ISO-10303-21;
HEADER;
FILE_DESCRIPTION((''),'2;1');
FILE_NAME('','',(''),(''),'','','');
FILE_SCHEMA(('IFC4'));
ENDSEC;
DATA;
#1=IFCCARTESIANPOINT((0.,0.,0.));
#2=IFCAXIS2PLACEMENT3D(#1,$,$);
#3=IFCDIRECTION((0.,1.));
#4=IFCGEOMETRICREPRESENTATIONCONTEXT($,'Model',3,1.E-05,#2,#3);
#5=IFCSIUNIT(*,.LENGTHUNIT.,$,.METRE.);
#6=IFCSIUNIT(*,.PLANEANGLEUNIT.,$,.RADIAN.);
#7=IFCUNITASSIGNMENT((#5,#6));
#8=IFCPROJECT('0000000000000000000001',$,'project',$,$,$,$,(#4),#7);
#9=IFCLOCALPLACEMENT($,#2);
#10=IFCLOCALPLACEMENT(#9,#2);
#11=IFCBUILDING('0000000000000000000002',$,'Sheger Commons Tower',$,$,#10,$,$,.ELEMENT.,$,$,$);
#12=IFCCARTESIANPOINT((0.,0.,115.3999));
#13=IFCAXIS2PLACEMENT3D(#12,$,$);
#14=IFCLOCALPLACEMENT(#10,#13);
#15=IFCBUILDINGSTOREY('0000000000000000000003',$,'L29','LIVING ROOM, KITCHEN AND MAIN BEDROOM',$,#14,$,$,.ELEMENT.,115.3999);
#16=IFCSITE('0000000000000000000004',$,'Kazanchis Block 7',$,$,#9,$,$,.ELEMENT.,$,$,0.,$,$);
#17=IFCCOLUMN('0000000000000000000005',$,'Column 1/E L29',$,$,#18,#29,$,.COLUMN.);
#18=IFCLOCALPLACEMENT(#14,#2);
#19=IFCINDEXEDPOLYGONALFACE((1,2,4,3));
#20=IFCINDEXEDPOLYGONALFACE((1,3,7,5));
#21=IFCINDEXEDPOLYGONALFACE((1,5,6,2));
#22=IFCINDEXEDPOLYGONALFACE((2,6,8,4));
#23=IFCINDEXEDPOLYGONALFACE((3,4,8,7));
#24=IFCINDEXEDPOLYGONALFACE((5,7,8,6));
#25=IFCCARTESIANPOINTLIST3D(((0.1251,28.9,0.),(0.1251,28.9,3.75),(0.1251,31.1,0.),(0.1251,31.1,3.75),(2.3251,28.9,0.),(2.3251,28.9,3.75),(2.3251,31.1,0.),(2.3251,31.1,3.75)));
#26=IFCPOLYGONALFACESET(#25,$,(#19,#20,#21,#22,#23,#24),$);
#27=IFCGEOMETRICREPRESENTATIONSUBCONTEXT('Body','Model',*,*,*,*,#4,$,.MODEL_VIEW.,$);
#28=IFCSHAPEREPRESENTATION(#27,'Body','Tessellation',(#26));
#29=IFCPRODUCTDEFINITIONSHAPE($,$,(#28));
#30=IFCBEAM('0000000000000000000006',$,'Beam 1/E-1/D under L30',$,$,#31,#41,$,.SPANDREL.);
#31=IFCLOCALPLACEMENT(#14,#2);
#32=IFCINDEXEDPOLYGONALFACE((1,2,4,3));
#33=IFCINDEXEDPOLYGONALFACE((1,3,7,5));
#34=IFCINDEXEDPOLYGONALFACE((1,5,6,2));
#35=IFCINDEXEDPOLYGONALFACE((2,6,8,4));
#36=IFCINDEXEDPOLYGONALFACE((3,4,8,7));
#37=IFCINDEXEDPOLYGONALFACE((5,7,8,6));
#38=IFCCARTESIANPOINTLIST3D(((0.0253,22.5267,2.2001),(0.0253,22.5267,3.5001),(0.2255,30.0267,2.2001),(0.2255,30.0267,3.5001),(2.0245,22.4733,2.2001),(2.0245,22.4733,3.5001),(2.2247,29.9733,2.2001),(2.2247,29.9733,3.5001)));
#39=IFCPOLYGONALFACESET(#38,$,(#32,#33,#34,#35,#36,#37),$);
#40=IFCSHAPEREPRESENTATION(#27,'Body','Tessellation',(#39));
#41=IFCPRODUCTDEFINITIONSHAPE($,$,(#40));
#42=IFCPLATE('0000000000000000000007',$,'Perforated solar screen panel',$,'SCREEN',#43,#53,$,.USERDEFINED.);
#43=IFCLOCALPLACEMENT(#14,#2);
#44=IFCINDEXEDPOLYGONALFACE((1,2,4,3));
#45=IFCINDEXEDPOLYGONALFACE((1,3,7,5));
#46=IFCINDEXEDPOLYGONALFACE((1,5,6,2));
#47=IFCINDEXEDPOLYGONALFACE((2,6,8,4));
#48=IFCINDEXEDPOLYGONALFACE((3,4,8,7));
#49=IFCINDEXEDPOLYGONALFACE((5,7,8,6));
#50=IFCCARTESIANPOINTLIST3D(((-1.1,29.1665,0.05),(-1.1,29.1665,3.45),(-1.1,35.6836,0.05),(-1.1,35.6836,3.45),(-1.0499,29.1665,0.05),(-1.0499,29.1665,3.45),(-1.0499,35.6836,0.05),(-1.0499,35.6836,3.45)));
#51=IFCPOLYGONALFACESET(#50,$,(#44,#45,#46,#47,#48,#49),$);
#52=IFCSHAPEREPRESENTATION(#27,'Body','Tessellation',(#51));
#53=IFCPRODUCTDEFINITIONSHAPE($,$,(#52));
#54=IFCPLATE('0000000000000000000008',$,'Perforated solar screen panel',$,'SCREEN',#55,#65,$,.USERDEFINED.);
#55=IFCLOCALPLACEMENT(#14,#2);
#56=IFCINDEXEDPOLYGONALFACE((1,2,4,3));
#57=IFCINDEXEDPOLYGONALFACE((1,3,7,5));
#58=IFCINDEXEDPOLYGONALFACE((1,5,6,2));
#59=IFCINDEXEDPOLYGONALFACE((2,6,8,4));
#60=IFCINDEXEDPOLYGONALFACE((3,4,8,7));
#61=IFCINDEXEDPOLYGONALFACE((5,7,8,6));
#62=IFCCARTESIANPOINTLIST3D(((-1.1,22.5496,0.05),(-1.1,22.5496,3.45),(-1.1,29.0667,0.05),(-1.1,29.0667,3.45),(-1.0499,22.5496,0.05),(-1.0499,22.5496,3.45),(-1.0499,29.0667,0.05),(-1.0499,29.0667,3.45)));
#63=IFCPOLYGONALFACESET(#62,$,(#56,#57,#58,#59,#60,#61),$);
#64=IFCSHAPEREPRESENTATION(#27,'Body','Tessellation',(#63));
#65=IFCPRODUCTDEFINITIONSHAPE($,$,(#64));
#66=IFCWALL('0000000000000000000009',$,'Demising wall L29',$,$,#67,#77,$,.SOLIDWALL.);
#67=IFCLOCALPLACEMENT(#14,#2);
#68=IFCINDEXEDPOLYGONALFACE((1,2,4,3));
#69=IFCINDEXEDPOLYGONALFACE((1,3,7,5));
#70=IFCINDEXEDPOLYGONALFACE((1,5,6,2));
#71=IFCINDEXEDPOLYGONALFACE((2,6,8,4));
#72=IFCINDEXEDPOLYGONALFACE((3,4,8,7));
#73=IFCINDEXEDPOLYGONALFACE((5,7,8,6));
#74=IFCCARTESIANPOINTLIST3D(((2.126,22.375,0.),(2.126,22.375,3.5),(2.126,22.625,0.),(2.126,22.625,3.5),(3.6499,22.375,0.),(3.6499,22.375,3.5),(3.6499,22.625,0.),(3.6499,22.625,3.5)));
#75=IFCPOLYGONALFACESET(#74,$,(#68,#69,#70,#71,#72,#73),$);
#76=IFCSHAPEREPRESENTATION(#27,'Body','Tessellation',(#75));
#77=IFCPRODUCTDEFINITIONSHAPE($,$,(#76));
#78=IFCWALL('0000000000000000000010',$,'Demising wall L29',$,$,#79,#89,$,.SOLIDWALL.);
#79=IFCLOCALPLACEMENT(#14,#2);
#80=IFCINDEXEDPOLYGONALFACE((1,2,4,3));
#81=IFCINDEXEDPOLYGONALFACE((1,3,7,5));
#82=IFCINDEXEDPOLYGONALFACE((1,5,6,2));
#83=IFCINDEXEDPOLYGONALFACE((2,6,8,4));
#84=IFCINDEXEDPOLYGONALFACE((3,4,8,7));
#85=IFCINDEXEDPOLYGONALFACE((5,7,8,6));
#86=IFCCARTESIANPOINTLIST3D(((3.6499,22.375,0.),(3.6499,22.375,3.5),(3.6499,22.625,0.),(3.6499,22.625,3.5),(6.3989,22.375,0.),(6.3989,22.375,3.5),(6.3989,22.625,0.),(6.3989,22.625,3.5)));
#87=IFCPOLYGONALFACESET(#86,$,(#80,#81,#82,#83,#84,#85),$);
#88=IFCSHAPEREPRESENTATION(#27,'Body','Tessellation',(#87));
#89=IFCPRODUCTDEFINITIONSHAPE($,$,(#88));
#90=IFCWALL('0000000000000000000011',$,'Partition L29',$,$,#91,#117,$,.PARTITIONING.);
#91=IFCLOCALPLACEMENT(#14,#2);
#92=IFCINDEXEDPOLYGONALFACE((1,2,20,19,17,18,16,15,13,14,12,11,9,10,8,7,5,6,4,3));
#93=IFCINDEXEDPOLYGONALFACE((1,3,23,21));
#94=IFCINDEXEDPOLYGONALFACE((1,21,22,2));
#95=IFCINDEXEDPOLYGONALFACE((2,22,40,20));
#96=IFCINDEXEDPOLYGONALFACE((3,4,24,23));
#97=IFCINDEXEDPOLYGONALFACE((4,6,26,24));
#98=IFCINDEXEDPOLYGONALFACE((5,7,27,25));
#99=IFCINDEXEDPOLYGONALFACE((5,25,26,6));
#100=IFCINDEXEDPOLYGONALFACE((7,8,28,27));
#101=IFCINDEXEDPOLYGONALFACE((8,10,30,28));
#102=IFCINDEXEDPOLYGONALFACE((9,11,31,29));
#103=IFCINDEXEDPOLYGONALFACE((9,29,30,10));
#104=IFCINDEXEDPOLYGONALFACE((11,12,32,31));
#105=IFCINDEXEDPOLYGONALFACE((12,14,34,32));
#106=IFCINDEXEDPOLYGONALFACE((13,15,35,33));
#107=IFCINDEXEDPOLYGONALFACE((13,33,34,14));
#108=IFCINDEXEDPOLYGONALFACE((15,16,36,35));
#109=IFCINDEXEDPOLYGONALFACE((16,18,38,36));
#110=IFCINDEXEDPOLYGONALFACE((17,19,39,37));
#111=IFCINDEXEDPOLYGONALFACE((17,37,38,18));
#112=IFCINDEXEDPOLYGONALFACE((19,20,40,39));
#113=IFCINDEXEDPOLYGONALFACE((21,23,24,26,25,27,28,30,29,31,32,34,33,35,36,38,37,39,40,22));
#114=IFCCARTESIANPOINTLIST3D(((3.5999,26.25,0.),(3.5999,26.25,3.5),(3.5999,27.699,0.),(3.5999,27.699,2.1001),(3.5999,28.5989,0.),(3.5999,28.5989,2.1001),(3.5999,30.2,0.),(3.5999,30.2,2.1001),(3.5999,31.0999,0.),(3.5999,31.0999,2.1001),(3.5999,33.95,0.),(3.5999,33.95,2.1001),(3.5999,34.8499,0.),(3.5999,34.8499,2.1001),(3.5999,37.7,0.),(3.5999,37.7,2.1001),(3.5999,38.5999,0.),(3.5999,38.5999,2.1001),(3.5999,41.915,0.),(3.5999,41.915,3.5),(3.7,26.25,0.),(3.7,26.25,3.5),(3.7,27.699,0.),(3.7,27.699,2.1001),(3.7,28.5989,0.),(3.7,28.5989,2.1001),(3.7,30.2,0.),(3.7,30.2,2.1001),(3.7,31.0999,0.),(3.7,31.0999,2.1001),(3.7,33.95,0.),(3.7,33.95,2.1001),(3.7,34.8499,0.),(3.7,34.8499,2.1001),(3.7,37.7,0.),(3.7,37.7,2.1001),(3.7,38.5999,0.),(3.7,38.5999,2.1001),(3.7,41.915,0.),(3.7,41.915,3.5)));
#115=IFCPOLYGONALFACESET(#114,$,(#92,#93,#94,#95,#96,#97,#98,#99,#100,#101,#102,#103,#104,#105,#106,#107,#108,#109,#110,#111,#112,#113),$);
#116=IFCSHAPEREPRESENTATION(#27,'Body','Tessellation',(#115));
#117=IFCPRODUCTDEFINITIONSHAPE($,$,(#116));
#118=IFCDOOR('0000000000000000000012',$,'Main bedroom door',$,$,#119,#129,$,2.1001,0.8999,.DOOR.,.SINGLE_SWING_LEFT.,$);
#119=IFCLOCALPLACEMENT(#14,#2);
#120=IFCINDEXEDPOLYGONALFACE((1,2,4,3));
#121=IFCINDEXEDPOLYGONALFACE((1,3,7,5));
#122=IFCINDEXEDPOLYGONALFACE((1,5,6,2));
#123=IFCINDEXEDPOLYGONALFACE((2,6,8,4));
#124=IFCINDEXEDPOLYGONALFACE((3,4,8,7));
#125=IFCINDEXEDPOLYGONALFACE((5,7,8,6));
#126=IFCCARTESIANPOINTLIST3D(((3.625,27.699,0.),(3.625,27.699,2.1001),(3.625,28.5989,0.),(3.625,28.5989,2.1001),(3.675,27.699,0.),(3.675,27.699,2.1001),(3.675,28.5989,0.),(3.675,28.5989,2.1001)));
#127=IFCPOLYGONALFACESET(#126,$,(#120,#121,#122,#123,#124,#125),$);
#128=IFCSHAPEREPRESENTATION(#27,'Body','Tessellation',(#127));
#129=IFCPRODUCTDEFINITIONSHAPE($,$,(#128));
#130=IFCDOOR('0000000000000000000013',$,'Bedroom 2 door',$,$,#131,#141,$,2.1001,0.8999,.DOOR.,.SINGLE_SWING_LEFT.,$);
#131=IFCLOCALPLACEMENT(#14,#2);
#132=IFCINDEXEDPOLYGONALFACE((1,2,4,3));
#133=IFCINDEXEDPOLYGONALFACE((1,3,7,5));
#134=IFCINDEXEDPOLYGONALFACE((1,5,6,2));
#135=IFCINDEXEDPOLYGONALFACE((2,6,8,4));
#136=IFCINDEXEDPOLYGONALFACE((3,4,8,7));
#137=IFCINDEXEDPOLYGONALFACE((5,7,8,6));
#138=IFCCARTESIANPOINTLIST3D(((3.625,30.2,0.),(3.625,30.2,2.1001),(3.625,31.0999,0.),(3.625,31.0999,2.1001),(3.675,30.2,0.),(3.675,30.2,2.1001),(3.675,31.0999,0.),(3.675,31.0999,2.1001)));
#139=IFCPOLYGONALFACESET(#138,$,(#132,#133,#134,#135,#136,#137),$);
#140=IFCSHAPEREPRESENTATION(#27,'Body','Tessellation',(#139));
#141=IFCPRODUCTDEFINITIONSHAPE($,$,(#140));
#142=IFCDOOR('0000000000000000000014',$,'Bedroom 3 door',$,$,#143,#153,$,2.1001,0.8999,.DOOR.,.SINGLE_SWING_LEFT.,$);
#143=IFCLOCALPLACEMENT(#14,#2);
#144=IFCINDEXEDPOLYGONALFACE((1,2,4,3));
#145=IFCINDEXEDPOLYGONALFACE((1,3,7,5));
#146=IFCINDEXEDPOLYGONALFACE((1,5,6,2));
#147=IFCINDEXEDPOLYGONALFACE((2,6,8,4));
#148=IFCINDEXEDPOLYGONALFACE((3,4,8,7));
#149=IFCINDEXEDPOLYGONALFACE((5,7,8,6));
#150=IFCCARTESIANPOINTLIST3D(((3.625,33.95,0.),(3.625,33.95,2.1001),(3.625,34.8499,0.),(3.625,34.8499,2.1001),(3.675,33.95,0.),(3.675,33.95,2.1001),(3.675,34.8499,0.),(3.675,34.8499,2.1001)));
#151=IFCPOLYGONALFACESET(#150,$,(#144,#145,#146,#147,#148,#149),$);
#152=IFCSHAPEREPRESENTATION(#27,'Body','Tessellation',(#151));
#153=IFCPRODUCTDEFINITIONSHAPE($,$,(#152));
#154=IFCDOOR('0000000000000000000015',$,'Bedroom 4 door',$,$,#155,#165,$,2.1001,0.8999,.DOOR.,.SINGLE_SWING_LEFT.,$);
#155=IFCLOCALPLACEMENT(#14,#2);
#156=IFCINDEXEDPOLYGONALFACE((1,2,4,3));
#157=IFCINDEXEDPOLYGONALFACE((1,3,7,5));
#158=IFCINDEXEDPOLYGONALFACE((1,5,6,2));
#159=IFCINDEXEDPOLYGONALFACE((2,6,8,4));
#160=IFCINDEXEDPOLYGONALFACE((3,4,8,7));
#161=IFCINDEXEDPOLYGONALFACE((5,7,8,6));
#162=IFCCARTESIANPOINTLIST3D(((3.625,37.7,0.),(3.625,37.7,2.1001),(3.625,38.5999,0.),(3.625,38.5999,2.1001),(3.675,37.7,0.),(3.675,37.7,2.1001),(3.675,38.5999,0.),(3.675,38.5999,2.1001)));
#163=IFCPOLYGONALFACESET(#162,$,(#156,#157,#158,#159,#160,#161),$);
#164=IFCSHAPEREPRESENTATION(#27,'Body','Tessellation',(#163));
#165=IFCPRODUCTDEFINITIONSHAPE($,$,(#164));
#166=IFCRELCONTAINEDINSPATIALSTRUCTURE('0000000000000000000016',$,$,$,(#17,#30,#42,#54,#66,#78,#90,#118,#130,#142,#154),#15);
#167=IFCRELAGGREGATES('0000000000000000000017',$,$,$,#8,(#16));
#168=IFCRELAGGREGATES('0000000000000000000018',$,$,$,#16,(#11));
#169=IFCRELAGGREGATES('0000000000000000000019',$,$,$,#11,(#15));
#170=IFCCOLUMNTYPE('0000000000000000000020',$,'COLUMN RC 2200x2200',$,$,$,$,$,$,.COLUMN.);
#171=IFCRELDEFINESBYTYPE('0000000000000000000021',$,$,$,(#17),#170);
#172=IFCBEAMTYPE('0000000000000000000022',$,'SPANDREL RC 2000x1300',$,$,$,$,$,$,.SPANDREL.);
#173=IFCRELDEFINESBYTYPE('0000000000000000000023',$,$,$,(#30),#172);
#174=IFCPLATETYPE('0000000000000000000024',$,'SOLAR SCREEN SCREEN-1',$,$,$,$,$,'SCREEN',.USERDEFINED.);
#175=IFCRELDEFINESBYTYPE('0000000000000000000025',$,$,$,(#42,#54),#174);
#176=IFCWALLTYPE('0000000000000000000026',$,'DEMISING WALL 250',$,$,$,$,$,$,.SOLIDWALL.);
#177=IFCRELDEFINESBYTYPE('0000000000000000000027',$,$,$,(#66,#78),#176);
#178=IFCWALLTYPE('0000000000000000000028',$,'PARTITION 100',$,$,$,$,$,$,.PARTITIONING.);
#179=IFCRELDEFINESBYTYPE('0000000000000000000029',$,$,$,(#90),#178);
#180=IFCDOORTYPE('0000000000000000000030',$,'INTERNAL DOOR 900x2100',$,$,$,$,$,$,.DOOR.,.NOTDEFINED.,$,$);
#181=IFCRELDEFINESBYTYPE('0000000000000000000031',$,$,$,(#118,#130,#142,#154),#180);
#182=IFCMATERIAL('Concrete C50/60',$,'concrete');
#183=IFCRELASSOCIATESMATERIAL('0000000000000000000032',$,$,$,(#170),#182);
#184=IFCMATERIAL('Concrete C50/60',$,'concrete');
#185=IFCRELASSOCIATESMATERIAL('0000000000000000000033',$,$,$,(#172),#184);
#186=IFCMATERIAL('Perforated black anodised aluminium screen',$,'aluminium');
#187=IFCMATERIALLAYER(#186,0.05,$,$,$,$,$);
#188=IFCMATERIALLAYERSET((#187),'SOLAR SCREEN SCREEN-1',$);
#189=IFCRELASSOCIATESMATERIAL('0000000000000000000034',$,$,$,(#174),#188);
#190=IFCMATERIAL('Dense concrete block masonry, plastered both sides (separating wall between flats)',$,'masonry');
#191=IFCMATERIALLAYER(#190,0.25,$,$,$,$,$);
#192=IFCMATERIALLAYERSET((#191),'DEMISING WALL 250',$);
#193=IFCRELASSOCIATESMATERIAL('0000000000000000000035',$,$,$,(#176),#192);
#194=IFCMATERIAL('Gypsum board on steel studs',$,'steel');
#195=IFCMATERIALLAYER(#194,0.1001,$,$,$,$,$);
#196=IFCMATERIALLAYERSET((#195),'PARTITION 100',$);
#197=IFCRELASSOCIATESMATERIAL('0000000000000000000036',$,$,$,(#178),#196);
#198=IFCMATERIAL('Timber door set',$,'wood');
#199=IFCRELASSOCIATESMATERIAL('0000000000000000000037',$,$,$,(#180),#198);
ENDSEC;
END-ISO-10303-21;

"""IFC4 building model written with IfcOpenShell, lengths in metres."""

from ifc_helpers import new_model, si_unit, direction, frame, frame_2d, origin, origin_2d, place, context, subcontext, project, spatial, rectangle, extrude, material, layer, layer_set, material_profile, profile_set, type_object, element, fill, save


model = new_model("IFC4")

# Units and contexts
model_context = context("Model", 3, precision=1e-05, world=origin(), true_north=direction((0.0, 1.0)))
body_context = subcontext(model_context, "Body", "Model", "MODEL_VIEW")
ifc_project = project(units=[si_unit("LENGTHUNIT", "METRE"), si_unit("PLANEANGLEUNIT", "RADIAN")], contexts=[model_context])

# Site, building, storey
site_placement = place(None, origin())
site = spatial("IfcSite", under=ifc_project, at=site_placement, Name="Kazanchis Block 7", CompositionType="ELEMENT", RefElevation=0.0)
building_placement = place(site_placement, origin())
building = spatial("IfcBuilding", under=site, at=building_placement, Name="Sheger Commons Tower", CompositionType="ELEMENT")
storey_placement = place(building_placement, frame((0.0, 0.0, 115.3999)))
storey = spatial("IfcBuildingStorey", under=building, at=storey_placement, Name="L29", Description="LIVING ROOM, KITCHEN AND MAIN BEDROOM", CompositionType="ELEMENT", Elevation=115.3999)

# Column
ifc_material_1 = material(Name="Concrete C50/60", Category="concrete")
ifc_material_profile_1 = material_profile(ifc_material_1, rectangle(XDim=2.2, YDim=2.2, at=origin_2d()), Name="RC 2200x2200")
ifc_profile_set_1 = profile_set([ifc_material_profile_1], Name="Concrete C50/60")
column_type = type_object("IfcColumnType", Name="COLUMN RC 2200x2200", PredefinedType="COLUMN", material=ifc_profile_set_1)
column_placement = place(storey_placement, frame((1.2251, 30.0, 0.0), z_axis=(0.0, 0.0, 1.0), x_axis=(1.0, 0.0, 0.0)))
element("IfcColumn", 1, at=column_placement, inside=storey, type_object=column_type, Name="Column 1/E L29", PredefinedType="COLUMN", context=body_context, shape_type="SweptSolid", body=[
    extrude(rectangle(XDim=2.2, YDim=2.2, at=origin_2d()), origin(), (0.0, 0.0, 1.0), 3.75),
])

# Beam
ifc_material_2 = material(Name="Concrete C50/60", Category="concrete")
ifc_material_profile_2 = material_profile(ifc_material_2, rectangle(XDim=2.0, YDim=1.3, at=origin_2d()), Name="RC 2000x1300")
ifc_profile_set_2 = profile_set([ifc_material_profile_2], Name="Concrete C50/60")
beam_type = type_object("IfcBeamType", Name="SPANDREL RC 2000x1300", PredefinedType="SPANDREL", material=ifc_profile_set_2)
beam_placement = place(storey_placement, frame((1.2251, 30.0, 2.8501), z_axis=(-0.026683, -0.999644, 0.0), x_axis=(0.999644, -0.026683, 0.0)))
element("IfcBeam", 2, at=beam_placement, inside=storey, type_object=beam_type, Name="Beam 1/E-1/D under L30", PredefinedType="SPANDREL", context=body_context, shape_type="SweptSolid", body=[
    extrude(rectangle(XDim=2.0, YDim=1.3, at=origin_2d()), origin(), (0.0, 0.0, 1.0), 7.5027),
])

# Plates
ifc_material_3 = material(Name="Perforated black anodised aluminium screen", Category="aluminium")
ifc_layer_1 = layer(ifc_material_3, 0.05)
ifc_layer_set_1 = layer_set([ifc_layer_1], Name="SOLAR SCREEN SCREEN-1")
plate_type = type_object("IfcPlateType", Name="SOLAR SCREEN SCREEN-1", ElementType="SCREEN", PredefinedType="USERDEFINED", material=ifc_layer_set_1)
for number, where, z_axis, x_axis, name in (
    (3, (-1.075, 32.425, 0.05), (0.0, 0.0, 1.0), (0.0, -1.0, 0.0), "Perforated solar screen panel"),
    (4, (-1.075, 25.8081, 0.05), (0.0, 0.0, 1.0), (0.0, -1.0, 0.0), "Perforated solar screen panel"),
):
    element("IfcPlate", number, at=place(storey_placement, frame(where, z_axis=z_axis, x_axis=x_axis)), inside=storey, type_object=plate_type, Name=name, ObjectType="SCREEN", PredefinedType="USERDEFINED", context=body_context, shape_type="SweptSolid", body=[
        extrude(rectangle(XDim=6.5171, YDim=0.05, at=origin_2d()), origin(), (0.0, 0.0, 1.0), 3.3999),
    ])

# Walls
ifc_material_4 = material(Name="Dense concrete block masonry, plastered both sides (separating wall between flats)", Category="masonry")
ifc_layer_2 = layer(ifc_material_4, 0.25)
ifc_layer_set_2 = layer_set([ifc_layer_2], Name="DEMISING WALL 250")
wall_type_1 = type_object("IfcWallType", Name="DEMISING WALL 250", PredefinedType="SOLIDWALL", material=ifc_layer_set_2)
wall_1_placement = place(storey_placement, frame((2.126, 22.5, 0.0), z_axis=(0.0, 0.0, 1.0), x_axis=(1.0, 0.0, 0.0)))
element("IfcWall", 5, at=wall_1_placement, inside=storey, type_object=wall_type_1, Name="Demising wall L29", PredefinedType="SOLIDWALL", context=body_context, shape_type="SweptSolid", body=[
    extrude(rectangle(XDim=1.5239, YDim=0.25, at=frame_2d((0.762, 0.0))), origin(), (0.0, 0.0, 1.0), 3.5),
])
wall_2_placement = place(storey_placement, frame((3.6499, 22.5, 0.0), z_axis=(0.0, 0.0, 1.0), x_axis=(1.0, 0.0, 0.0)))
element("IfcWall", 6, at=wall_2_placement, inside=storey, type_object=wall_type_1, Name="Demising wall L29", PredefinedType="SOLIDWALL", context=body_context, shape_type="SweptSolid", body=[
    extrude(rectangle(XDim=2.749, YDim=0.25, at=frame_2d((1.3745, 0.0))), origin(), (0.0, 0.0, 1.0), 3.5),
])

# Wall, openings, doors
ifc_material_5 = material(Name="Gypsum board on steel studs", Category="steel")
ifc_layer_3 = layer(ifc_material_5, 0.1001)
ifc_layer_set_3 = layer_set([ifc_layer_3], Name="PARTITION 100")
wall_type_2 = type_object("IfcWallType", Name="PARTITION 100", PredefinedType="PARTITIONING", material=ifc_layer_set_3)
wall_3_placement = place(storey_placement, frame((3.6499, 26.25, 0.0), z_axis=(0.0, 0.0, 1.0), x_axis=(0.0, 1.0, 0.0)))
wall_3 = element("IfcWall", 7, at=wall_3_placement, inside=storey, type_object=wall_type_2, Name="Partition L29", PredefinedType="PARTITIONING", context=body_context, shape_type="SweptSolid", body=[
    extrude(rectangle(XDim=15.665, YDim=0.1001, at=frame_2d((7.8325, 0.0))), origin(), (0.0, 0.0, 1.0), 3.5),
])
opening_1_placement = place(wall_3_placement, frame((1.449, 0.0, 0.0)))
opening_1 = element("IfcOpeningElement", 8, at=opening_1_placement, cuts=wall_3, PredefinedType="OPENING", context=body_context, shape_type="SweptSolid", body=[
    extrude(rectangle(XDim=0.8999, YDim=2.1001, at=frame_2d((0.45, 1.05))), frame((0.0, 0.0601, 0.0), z_axis=(0.0, -1.0, 0.0), x_axis=(1.0, 0.0, 0.0)), (0.0, 0.0, 1.0), 0.1201),
])
opening_2_placement = place(wall_3_placement, frame((3.95, 0.0, 0.0)))
opening_2 = element("IfcOpeningElement", 9, at=opening_2_placement, cuts=wall_3, PredefinedType="OPENING", context=body_context, shape_type="SweptSolid", body=[
    extrude(rectangle(XDim=0.8999, YDim=2.1001, at=frame_2d((0.45, 1.05))), frame((0.0, 0.0601, 0.0), z_axis=(0.0, -1.0, 0.0), x_axis=(1.0, 0.0, 0.0)), (0.0, 0.0, 1.0), 0.1201),
])
opening_3_placement = place(wall_3_placement, frame((7.7, 0.0, 0.0)))
opening_3 = element("IfcOpeningElement", 10, at=opening_3_placement, cuts=wall_3, PredefinedType="OPENING", context=body_context, shape_type="SweptSolid", body=[
    extrude(rectangle(XDim=0.8999, YDim=2.1001, at=frame_2d((0.45, 1.05))), frame((0.0, 0.0601, 0.0), z_axis=(0.0, -1.0, 0.0), x_axis=(1.0, 0.0, 0.0)), (0.0, 0.0, 1.0), 0.1201),
])
opening_4_placement = place(wall_3_placement, frame((11.45, 0.0, 0.0)))
opening_4 = element("IfcOpeningElement", 11, at=opening_4_placement, cuts=wall_3, PredefinedType="OPENING", context=body_context, shape_type="SweptSolid", body=[
    extrude(rectangle(XDim=0.8999, YDim=2.1001, at=frame_2d((0.45, 1.05))), frame((0.0, 0.0601, 0.0), z_axis=(0.0, -1.0, 0.0), x_axis=(1.0, 0.0, 0.0)), (0.0, 0.0, 1.0), 0.1201),
])
ifc_material_6 = material(Name="Timber door set", Category="wood")
door_type = type_object("IfcDoorType", Name="INTERNAL DOOR 900x2100", OperationType="NOTDEFINED", PredefinedType="DOOR", material=ifc_material_6)
door_1_placement = place(opening_1_placement, origin())
door_1 = element("IfcDoor", 12, at=door_1_placement, inside=storey, type_object=door_type, Name="Main bedroom door", OperationType="SINGLE_SWING_LEFT", OverallHeight=2.1001, OverallWidth=0.8999, PredefinedType="DOOR", context=body_context, shape_type="SweptSolid", body=[
    extrude(rectangle(XDim=0.8999, YDim=2.1001, at=frame_2d((0.45, 1.05))), frame((0.0, 0.0249, 0.0), z_axis=(0.0, -1.0, 0.0), x_axis=(1.0, 0.0, 0.0)), (0.0, 0.0, 1.0), 0.05),
])
fill(opening_1, door_1)
door_2_placement = place(opening_2_placement, origin())
door_2 = element("IfcDoor", 13, at=door_2_placement, inside=storey, type_object=door_type, Name="Bedroom 2 door", OperationType="SINGLE_SWING_LEFT", OverallHeight=2.1001, OverallWidth=0.8999, PredefinedType="DOOR", context=body_context, shape_type="SweptSolid", body=[
    extrude(rectangle(XDim=0.8999, YDim=2.1001, at=frame_2d((0.45, 1.05))), frame((0.0, 0.0249, 0.0), z_axis=(0.0, -1.0, 0.0), x_axis=(1.0, 0.0, 0.0)), (0.0, 0.0, 1.0), 0.05),
])
fill(opening_2, door_2)
door_3_placement = place(opening_3_placement, origin())
door_3 = element("IfcDoor", 14, at=door_3_placement, inside=storey, type_object=door_type, Name="Bedroom 3 door", OperationType="SINGLE_SWING_LEFT", OverallHeight=2.1001, OverallWidth=0.8999, PredefinedType="DOOR", context=body_context, shape_type="SweptSolid", body=[
    extrude(rectangle(XDim=0.8999, YDim=2.1001, at=frame_2d((0.45, 1.05))), frame((0.0, 0.0249, 0.0), z_axis=(0.0, -1.0, 0.0), x_axis=(1.0, 0.0, 0.0)), (0.0, 0.0, 1.0), 0.05),
])
fill(opening_3, door_3)
door_4_placement = place(opening_4_placement, origin())
door_4 = element("IfcDoor", 15, at=door_4_placement, inside=storey, type_object=door_type, Name="Bedroom 4 door", OperationType="SINGLE_SWING_LEFT", OverallHeight=2.1001, OverallWidth=0.8999, PredefinedType="DOOR", context=body_context, shape_type="SweptSolid", body=[
    extrude(rectangle(XDim=0.8999, YDim=2.1001, at=frame_2d((0.45, 1.05))), frame((0.0, 0.0249, 0.0), z_axis=(0.0, -1.0, 0.0), x_axis=(1.0, 0.0, 0.0)), (0.0, 0.0, 1.0), 0.05),
])
fill(opening_4, door_4)

save(model, "model.ifc")
